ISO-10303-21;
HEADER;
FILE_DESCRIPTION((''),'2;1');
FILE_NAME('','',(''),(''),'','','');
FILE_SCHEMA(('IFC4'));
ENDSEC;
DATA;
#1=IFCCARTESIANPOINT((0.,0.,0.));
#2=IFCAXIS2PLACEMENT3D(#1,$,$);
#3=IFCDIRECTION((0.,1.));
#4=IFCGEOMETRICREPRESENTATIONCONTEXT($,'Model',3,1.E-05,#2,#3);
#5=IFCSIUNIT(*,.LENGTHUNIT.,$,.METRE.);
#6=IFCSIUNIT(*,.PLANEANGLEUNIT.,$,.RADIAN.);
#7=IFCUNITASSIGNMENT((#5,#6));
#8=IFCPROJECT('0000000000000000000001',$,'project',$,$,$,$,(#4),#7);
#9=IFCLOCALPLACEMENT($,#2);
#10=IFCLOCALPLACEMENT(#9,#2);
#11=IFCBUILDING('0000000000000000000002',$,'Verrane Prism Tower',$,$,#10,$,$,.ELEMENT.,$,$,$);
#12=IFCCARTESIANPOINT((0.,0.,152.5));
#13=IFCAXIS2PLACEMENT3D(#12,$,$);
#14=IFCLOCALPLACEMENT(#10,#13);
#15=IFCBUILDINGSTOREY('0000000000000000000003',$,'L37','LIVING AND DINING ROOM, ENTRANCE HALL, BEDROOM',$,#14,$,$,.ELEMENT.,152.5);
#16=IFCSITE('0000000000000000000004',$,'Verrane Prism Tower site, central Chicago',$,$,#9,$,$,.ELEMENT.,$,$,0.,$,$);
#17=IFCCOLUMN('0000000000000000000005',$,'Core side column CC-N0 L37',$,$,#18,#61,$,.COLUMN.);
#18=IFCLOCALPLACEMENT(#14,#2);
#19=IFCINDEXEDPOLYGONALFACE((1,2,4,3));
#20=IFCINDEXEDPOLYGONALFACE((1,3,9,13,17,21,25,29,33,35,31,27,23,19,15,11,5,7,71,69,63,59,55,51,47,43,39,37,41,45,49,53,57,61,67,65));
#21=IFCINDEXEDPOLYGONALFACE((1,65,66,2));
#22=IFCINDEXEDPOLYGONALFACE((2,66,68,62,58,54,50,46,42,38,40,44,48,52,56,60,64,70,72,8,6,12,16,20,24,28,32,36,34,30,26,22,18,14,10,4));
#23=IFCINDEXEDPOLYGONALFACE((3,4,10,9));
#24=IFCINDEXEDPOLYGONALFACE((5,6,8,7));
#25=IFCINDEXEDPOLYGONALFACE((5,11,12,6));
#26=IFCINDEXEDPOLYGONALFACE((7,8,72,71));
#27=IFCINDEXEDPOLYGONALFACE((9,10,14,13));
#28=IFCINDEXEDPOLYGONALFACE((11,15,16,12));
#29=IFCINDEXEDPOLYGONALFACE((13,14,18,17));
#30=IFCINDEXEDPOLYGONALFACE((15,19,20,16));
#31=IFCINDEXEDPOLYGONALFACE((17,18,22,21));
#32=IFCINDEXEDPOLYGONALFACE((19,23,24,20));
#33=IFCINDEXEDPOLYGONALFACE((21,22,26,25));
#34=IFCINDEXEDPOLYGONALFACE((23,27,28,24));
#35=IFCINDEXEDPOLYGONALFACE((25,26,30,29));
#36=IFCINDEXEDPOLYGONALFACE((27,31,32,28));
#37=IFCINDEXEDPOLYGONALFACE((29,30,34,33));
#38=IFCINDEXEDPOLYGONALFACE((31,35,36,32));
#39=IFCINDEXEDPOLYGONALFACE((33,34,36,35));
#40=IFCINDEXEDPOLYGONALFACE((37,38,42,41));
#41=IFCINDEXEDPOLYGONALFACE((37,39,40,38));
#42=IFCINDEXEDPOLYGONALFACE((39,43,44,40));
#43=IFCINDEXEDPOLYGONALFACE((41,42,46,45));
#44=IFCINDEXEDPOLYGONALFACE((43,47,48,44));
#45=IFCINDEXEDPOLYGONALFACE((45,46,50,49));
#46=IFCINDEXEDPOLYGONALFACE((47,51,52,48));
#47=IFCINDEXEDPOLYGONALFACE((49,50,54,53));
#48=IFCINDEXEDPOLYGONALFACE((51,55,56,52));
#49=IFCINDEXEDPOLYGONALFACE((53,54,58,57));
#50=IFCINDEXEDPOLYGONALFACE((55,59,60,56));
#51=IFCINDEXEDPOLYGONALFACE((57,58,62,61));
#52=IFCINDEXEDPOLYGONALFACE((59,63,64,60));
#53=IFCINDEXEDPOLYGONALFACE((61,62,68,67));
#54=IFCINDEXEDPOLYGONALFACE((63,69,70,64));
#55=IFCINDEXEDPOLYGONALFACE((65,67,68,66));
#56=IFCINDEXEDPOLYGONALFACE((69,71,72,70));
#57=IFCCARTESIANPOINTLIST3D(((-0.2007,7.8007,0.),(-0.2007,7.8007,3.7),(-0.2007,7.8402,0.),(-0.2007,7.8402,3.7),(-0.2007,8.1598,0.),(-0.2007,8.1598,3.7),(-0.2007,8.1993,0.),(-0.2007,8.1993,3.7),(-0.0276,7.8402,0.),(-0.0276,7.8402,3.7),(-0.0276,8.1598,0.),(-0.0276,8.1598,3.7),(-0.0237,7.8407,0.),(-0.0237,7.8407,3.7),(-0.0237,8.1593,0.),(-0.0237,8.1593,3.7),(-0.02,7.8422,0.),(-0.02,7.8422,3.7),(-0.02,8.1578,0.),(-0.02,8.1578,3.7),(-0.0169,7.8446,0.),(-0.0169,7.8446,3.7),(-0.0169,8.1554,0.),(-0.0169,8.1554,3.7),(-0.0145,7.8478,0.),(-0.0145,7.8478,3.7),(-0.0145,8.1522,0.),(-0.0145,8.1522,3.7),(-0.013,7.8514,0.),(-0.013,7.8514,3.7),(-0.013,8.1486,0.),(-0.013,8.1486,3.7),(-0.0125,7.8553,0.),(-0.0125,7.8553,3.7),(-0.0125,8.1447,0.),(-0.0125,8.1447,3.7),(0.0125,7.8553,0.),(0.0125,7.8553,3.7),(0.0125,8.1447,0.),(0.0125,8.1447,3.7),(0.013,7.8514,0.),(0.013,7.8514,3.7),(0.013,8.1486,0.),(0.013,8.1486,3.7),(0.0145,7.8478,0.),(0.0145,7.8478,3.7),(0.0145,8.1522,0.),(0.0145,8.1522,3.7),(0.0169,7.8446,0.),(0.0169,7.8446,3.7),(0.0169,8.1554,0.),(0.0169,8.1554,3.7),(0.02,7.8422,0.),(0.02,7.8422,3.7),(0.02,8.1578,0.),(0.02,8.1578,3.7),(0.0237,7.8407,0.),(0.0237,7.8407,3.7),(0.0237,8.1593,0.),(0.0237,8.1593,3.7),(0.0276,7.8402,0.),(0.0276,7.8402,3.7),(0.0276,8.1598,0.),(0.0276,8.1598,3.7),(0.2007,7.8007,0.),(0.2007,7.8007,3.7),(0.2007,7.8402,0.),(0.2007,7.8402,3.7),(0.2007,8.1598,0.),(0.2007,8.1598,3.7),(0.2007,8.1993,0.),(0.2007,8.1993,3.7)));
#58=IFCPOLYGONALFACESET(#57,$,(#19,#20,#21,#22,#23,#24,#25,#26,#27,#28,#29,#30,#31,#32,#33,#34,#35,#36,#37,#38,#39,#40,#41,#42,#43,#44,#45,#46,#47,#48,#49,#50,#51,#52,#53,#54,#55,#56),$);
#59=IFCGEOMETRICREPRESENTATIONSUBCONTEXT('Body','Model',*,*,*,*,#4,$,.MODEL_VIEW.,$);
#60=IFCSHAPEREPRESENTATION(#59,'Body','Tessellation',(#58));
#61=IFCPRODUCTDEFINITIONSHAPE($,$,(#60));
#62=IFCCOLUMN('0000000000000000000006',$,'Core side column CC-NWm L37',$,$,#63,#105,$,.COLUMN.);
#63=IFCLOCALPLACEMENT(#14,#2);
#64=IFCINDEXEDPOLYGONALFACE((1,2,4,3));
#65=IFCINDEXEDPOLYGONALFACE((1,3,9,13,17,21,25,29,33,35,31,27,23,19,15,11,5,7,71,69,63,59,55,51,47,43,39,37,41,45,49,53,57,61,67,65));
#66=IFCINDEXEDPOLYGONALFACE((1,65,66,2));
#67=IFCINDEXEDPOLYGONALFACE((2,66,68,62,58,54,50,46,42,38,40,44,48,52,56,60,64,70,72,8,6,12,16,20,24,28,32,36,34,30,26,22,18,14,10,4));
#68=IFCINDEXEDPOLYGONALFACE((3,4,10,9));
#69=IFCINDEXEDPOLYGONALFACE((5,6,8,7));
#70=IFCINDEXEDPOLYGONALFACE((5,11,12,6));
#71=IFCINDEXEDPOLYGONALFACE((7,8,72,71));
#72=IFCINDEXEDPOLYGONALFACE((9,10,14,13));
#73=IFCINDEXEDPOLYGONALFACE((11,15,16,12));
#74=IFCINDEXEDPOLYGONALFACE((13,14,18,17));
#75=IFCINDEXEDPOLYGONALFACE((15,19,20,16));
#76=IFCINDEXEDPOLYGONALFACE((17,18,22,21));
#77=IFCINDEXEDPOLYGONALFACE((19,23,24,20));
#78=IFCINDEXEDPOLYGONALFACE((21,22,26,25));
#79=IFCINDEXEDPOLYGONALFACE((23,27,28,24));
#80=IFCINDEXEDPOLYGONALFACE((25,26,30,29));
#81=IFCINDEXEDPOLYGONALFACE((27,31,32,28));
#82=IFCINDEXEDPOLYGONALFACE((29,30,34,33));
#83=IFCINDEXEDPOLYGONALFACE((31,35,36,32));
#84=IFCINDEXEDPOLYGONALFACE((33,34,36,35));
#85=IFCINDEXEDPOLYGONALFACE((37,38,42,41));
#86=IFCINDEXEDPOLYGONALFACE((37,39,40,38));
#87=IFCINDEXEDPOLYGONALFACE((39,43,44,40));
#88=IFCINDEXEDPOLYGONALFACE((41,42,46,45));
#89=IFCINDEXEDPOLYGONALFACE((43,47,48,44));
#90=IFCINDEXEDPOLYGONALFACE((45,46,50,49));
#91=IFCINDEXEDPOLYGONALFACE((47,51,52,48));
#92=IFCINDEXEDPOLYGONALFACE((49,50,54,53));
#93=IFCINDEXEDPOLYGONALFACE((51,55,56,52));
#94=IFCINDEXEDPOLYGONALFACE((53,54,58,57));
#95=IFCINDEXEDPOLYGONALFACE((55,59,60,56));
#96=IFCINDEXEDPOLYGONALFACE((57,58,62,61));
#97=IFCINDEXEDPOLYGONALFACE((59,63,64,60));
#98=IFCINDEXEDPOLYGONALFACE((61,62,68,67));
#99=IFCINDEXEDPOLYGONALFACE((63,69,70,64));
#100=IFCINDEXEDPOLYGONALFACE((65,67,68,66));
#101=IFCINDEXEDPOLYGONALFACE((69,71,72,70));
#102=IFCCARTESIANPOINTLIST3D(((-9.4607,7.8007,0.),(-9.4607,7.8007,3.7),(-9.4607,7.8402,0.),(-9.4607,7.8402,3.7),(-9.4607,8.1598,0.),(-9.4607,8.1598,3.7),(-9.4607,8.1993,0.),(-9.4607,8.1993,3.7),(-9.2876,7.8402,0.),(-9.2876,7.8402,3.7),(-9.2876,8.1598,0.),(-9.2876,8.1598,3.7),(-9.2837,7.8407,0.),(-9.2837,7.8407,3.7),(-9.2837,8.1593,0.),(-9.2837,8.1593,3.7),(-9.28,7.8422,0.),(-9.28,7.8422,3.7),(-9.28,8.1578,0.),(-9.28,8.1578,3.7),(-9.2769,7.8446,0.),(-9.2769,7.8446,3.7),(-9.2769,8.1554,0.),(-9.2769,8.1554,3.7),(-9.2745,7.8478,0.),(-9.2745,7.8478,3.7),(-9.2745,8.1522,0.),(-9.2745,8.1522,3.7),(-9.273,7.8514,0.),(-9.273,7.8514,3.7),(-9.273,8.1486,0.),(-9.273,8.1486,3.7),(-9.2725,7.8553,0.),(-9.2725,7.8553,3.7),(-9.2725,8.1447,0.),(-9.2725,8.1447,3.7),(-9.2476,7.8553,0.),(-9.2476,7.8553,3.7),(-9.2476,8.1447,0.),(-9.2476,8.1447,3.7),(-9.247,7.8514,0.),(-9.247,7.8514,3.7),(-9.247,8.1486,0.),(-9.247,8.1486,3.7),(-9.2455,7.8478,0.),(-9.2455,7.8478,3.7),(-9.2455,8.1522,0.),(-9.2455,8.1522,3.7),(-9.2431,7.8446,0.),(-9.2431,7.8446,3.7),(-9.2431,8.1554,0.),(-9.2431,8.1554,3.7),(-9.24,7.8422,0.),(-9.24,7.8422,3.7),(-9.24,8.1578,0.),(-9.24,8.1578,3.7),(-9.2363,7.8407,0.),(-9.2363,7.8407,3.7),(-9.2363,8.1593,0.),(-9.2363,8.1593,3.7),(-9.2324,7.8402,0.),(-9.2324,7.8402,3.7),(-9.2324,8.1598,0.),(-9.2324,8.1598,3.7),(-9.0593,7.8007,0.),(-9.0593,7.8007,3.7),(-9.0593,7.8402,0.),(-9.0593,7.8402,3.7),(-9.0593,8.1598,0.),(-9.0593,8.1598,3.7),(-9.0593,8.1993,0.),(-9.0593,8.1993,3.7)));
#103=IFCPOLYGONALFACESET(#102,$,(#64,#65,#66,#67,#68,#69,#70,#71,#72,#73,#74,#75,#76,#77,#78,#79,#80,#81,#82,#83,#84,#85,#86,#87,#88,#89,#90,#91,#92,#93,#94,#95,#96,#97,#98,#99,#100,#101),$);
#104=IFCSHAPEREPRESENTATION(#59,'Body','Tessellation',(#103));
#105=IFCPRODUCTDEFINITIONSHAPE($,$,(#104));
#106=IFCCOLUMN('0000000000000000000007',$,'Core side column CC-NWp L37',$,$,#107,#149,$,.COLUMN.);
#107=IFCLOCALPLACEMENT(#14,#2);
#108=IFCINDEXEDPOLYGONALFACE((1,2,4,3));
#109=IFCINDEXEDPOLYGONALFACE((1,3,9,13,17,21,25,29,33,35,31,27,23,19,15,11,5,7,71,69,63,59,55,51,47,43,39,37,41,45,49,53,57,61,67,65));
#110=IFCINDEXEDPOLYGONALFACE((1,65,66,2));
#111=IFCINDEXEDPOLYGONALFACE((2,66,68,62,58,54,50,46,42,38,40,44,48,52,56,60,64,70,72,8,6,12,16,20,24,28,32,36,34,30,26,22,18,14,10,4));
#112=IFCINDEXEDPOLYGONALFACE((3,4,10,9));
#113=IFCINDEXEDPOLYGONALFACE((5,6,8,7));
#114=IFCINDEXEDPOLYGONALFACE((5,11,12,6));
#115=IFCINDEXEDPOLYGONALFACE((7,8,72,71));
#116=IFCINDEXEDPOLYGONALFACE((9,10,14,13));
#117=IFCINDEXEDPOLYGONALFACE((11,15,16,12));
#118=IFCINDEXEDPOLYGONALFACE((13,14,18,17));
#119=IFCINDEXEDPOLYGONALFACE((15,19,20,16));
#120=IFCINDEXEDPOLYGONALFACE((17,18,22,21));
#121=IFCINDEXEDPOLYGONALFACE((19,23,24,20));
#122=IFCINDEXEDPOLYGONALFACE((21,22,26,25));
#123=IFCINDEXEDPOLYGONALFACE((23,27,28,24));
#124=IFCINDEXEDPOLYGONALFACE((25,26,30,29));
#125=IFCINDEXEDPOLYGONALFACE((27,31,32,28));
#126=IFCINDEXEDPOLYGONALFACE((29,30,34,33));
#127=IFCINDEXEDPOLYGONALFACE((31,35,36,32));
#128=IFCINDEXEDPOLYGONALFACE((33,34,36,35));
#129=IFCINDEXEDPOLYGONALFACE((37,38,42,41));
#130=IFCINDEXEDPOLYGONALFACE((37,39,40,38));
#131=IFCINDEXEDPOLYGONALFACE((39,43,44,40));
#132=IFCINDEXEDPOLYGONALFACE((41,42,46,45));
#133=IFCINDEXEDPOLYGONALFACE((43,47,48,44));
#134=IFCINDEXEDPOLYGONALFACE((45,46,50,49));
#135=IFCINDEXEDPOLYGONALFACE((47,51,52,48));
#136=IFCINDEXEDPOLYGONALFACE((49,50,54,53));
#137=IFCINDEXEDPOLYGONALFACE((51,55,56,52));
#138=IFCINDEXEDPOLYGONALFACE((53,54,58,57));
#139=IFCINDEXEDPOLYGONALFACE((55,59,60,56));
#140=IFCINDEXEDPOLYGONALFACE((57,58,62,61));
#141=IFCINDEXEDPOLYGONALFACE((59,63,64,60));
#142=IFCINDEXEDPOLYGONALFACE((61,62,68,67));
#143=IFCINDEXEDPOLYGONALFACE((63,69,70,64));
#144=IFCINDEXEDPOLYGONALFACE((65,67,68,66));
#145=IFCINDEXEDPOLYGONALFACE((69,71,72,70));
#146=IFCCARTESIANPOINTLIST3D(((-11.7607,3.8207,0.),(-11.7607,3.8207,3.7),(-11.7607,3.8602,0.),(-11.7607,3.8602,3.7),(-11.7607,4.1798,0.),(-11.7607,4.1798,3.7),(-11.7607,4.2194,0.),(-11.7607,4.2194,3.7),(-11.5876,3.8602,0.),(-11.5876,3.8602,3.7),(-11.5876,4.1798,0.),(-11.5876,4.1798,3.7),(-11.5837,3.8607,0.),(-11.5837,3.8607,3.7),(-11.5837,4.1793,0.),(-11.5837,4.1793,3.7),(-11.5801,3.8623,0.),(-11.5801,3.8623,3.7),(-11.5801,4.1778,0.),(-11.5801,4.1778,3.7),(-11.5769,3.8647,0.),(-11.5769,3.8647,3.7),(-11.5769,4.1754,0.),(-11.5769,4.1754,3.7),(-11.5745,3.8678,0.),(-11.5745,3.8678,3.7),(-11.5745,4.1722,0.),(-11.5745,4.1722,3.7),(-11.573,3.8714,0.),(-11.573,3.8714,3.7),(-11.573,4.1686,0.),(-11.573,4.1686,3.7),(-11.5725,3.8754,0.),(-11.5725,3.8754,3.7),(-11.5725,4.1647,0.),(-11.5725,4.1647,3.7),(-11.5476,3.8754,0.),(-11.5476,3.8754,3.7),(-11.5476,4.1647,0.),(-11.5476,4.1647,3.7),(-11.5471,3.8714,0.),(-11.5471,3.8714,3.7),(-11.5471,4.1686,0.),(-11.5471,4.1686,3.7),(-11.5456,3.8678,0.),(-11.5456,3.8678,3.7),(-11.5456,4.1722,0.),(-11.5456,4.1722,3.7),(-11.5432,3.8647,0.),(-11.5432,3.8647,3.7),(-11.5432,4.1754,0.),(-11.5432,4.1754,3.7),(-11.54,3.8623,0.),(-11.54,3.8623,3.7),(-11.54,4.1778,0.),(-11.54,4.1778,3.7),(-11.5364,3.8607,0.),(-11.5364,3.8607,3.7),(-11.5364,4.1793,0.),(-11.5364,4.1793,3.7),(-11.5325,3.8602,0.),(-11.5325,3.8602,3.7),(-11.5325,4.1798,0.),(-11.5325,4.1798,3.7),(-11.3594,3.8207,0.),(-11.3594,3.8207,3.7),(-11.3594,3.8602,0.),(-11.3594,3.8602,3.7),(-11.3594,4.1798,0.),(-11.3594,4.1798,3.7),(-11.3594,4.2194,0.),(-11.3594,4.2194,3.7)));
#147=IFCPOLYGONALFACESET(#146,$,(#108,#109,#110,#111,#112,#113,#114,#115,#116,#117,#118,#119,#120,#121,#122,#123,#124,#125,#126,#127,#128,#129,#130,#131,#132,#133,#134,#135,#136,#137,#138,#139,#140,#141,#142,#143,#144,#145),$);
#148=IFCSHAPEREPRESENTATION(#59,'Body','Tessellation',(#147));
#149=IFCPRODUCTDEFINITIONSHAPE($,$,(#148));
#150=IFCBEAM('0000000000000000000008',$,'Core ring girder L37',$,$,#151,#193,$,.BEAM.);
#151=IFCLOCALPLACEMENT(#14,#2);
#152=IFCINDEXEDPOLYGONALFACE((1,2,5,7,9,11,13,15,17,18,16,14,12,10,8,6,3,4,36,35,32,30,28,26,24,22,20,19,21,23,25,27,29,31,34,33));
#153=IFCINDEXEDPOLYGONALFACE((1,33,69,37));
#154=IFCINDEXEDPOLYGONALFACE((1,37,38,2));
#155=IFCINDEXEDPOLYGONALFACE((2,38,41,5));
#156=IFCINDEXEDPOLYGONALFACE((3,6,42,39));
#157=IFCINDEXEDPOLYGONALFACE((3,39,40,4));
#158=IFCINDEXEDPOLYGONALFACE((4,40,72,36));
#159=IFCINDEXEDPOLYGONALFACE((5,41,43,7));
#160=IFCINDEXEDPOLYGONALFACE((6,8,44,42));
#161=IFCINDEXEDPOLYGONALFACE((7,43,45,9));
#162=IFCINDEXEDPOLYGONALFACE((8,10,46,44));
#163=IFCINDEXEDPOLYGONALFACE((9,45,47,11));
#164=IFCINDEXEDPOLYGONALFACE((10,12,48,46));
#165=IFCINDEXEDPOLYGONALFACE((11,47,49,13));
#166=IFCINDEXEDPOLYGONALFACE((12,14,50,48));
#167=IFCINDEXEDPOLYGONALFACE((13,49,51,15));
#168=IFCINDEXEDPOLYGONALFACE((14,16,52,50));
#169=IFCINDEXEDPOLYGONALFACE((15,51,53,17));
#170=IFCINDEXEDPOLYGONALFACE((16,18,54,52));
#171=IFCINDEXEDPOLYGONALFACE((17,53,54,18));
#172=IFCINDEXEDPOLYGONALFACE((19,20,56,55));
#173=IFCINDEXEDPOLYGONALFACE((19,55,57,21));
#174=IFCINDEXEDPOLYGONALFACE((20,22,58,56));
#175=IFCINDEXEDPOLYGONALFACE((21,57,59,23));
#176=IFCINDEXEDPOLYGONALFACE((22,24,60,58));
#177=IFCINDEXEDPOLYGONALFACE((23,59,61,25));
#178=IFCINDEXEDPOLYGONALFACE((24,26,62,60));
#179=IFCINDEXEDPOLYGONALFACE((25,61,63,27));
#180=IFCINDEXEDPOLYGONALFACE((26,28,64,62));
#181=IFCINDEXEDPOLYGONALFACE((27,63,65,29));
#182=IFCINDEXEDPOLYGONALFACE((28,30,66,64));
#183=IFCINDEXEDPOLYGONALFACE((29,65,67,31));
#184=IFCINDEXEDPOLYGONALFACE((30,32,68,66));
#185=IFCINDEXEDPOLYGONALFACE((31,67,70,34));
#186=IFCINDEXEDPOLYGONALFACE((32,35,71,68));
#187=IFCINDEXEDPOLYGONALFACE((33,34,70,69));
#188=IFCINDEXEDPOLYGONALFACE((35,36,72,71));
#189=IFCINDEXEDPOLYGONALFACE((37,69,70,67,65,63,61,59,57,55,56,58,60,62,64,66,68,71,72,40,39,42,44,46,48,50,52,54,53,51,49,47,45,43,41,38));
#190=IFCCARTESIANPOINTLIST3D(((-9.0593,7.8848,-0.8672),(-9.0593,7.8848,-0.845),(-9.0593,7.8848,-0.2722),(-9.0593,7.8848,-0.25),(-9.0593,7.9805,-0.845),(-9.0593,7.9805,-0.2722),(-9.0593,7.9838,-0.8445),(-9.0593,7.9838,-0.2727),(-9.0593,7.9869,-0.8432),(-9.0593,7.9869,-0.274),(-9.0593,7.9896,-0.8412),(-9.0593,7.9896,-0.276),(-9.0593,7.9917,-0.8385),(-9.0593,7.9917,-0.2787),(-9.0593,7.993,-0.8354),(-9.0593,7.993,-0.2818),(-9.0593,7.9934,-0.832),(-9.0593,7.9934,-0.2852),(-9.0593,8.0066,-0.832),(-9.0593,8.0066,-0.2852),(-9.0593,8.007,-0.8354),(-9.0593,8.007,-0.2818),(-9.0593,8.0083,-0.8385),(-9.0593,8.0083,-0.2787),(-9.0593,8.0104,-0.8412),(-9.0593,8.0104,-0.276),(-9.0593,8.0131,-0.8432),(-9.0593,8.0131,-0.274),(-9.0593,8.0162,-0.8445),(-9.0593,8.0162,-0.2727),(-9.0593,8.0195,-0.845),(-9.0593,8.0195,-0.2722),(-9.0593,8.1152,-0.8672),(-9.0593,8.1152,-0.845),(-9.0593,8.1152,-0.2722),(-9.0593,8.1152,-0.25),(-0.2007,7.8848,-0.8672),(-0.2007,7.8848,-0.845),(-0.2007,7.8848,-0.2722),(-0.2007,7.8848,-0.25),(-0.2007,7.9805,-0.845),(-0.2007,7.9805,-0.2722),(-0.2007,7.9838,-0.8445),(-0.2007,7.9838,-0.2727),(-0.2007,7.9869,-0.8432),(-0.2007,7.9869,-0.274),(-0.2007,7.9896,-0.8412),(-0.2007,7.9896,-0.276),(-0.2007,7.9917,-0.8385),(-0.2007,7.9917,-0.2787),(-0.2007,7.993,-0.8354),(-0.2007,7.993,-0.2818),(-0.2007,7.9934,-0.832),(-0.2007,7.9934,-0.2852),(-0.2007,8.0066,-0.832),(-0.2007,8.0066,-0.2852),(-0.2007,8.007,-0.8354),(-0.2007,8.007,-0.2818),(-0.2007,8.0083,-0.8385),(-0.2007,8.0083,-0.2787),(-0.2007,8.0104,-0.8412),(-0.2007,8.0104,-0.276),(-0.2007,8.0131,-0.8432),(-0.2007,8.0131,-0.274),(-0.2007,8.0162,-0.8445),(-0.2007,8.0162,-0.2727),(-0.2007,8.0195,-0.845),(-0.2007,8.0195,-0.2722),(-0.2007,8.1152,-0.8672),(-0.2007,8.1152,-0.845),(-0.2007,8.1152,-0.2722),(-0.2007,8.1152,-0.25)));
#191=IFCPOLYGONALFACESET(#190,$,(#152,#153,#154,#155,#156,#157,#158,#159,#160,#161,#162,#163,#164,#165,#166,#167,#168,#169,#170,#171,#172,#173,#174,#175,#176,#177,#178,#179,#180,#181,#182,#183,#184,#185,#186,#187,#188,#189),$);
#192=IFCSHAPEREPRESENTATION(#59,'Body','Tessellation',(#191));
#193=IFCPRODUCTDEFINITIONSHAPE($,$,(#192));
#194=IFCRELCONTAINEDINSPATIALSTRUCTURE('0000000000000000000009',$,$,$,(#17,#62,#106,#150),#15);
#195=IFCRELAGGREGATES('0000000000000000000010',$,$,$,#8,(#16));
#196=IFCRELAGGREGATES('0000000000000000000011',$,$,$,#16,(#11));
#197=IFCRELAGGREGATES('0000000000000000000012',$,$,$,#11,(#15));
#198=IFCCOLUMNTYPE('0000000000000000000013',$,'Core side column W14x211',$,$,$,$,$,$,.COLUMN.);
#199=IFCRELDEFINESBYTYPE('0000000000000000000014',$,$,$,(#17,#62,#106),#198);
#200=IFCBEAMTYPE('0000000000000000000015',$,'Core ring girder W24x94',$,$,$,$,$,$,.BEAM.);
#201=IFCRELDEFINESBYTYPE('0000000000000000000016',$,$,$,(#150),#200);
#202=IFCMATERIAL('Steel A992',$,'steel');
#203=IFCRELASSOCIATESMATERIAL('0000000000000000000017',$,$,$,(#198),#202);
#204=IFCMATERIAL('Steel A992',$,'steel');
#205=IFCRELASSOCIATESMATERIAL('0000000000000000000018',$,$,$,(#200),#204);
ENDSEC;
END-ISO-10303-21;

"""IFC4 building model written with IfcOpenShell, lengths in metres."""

from ifc_helpers import new_model, si_unit, direction, frame, origin, origin_2d, place, context, subcontext, project, spatial, i_section, extrude, material, material_profile, profile_set, type_object, element, save


model = new_model("IFC4")

# Units and contexts
model_context = context("Model", 3, precision=1e-05, world=origin(), true_north=direction((0.0, 1.0)))
body_context = subcontext(model_context, "Body", "Model", "MODEL_VIEW")
ifc_project = project(units=[si_unit("LENGTHUNIT", "METRE"), si_unit("PLANEANGLEUNIT", "RADIAN")], contexts=[model_context])

# Site, building, storey
site_placement = place(None, origin())
site = spatial("IfcSite", under=ifc_project, at=site_placement, Name="Verrane Prism Tower site, central Chicago", CompositionType="ELEMENT", RefElevation=0.0)
building_placement = place(site_placement, origin())
building = spatial("IfcBuilding", under=site, at=building_placement, Name="Verrane Prism Tower", CompositionType="ELEMENT")
storey_placement = place(building_placement, frame((0.0, 0.0, 152.5)))
storey = spatial("IfcBuildingStorey", under=building, at=storey_placement, Name="L37", Description="LIVING AND DINING ROOM, ENTRANCE HALL, BEDROOM", CompositionType="ELEMENT", Elevation=152.5)

# Columns
ifc_material_1 = material(Name="Steel A992", Category="steel")
ifc_material_profile_1 = material_profile(ifc_material_1, i_section(OverallWidth=0.4014, OverallDepth=0.3987, WebThickness=0.0249, FlangeThickness=0.0396, FilletRadius=0.0151, at=origin_2d()), Name="W14x211")
ifc_profile_set_1 = profile_set([ifc_material_profile_1], Name="Steel A992")
column_type = type_object("IfcColumnType", Name="Core side column W14x211", PredefinedType="COLUMN", material=ifc_profile_set_1)
for number, where, z_axis, x_axis, name in (
    (1, (0.0, 8.0, 0.0), (0.0, 0.0, 1.0), (1.0, 0.0, 0.0), "Core side column CC-N0 L37"),
    (2, (-9.26, 8.0, 0.0), (0.0, 0.0, 1.0), (1.0, 0.0, 0.0), "Core side column CC-NWm L37"),
    (3, (-11.5601, 4.02, 0.0), (0.0, 0.0, 1.0), (1.0, 0.0, 0.0), "Core side column CC-NWp L37"),
):
    element("IfcColumn", number, at=place(storey_placement, frame(where, z_axis=z_axis, x_axis=x_axis)), inside=storey, type_object=column_type, Name=name, PredefinedType="COLUMN", context=body_context, shape_type="SweptSolid", body=[
        extrude(i_section(OverallWidth=0.4014, OverallDepth=0.3987, WebThickness=0.0249, FlangeThickness=0.0396, FilletRadius=0.0151, at=origin_2d()), origin(), (0.0, 0.0, 1.0), 3.7),
    ])

# Beam
ifc_material_2 = material(Name="Steel A992", Category="steel")
ifc_material_profile_2 = material_profile(ifc_material_2, i_section(OverallWidth=0.2305, OverallDepth=0.6172, WebThickness=0.0132, FlangeThickness=0.0222, FilletRadius=0.0129, at=origin_2d()), Name="W24x94")
ifc_profile_set_2 = profile_set([ifc_material_profile_2], Name="Steel A992")
beam_type = type_object("IfcBeamType", Name="Core ring girder W24x94", PredefinedType="BEAM", material=ifc_profile_set_2)
beam_1_placement = place(storey_placement, frame((-0.2007, 8.0, -0.5586), z_axis=(-1.0, 0.0, 0.0), x_axis=(0.0, -1.0, 0.0)))
element("IfcBeam", 4, at=beam_1_placement, inside=storey, type_object=beam_type, Name="Core ring girder L37", PredefinedType="BEAM", context=body_context, shape_type="SweptSolid", body=[
    extrude(i_section(OverallWidth=0.2305, OverallDepth=0.6172, WebThickness=0.0132, FlangeThickness=0.0222, FilletRadius=0.0129, at=origin_2d()), origin(), (0.0, 0.0, 1.0), 8.8586),
])

save(model, "model.ifc")
